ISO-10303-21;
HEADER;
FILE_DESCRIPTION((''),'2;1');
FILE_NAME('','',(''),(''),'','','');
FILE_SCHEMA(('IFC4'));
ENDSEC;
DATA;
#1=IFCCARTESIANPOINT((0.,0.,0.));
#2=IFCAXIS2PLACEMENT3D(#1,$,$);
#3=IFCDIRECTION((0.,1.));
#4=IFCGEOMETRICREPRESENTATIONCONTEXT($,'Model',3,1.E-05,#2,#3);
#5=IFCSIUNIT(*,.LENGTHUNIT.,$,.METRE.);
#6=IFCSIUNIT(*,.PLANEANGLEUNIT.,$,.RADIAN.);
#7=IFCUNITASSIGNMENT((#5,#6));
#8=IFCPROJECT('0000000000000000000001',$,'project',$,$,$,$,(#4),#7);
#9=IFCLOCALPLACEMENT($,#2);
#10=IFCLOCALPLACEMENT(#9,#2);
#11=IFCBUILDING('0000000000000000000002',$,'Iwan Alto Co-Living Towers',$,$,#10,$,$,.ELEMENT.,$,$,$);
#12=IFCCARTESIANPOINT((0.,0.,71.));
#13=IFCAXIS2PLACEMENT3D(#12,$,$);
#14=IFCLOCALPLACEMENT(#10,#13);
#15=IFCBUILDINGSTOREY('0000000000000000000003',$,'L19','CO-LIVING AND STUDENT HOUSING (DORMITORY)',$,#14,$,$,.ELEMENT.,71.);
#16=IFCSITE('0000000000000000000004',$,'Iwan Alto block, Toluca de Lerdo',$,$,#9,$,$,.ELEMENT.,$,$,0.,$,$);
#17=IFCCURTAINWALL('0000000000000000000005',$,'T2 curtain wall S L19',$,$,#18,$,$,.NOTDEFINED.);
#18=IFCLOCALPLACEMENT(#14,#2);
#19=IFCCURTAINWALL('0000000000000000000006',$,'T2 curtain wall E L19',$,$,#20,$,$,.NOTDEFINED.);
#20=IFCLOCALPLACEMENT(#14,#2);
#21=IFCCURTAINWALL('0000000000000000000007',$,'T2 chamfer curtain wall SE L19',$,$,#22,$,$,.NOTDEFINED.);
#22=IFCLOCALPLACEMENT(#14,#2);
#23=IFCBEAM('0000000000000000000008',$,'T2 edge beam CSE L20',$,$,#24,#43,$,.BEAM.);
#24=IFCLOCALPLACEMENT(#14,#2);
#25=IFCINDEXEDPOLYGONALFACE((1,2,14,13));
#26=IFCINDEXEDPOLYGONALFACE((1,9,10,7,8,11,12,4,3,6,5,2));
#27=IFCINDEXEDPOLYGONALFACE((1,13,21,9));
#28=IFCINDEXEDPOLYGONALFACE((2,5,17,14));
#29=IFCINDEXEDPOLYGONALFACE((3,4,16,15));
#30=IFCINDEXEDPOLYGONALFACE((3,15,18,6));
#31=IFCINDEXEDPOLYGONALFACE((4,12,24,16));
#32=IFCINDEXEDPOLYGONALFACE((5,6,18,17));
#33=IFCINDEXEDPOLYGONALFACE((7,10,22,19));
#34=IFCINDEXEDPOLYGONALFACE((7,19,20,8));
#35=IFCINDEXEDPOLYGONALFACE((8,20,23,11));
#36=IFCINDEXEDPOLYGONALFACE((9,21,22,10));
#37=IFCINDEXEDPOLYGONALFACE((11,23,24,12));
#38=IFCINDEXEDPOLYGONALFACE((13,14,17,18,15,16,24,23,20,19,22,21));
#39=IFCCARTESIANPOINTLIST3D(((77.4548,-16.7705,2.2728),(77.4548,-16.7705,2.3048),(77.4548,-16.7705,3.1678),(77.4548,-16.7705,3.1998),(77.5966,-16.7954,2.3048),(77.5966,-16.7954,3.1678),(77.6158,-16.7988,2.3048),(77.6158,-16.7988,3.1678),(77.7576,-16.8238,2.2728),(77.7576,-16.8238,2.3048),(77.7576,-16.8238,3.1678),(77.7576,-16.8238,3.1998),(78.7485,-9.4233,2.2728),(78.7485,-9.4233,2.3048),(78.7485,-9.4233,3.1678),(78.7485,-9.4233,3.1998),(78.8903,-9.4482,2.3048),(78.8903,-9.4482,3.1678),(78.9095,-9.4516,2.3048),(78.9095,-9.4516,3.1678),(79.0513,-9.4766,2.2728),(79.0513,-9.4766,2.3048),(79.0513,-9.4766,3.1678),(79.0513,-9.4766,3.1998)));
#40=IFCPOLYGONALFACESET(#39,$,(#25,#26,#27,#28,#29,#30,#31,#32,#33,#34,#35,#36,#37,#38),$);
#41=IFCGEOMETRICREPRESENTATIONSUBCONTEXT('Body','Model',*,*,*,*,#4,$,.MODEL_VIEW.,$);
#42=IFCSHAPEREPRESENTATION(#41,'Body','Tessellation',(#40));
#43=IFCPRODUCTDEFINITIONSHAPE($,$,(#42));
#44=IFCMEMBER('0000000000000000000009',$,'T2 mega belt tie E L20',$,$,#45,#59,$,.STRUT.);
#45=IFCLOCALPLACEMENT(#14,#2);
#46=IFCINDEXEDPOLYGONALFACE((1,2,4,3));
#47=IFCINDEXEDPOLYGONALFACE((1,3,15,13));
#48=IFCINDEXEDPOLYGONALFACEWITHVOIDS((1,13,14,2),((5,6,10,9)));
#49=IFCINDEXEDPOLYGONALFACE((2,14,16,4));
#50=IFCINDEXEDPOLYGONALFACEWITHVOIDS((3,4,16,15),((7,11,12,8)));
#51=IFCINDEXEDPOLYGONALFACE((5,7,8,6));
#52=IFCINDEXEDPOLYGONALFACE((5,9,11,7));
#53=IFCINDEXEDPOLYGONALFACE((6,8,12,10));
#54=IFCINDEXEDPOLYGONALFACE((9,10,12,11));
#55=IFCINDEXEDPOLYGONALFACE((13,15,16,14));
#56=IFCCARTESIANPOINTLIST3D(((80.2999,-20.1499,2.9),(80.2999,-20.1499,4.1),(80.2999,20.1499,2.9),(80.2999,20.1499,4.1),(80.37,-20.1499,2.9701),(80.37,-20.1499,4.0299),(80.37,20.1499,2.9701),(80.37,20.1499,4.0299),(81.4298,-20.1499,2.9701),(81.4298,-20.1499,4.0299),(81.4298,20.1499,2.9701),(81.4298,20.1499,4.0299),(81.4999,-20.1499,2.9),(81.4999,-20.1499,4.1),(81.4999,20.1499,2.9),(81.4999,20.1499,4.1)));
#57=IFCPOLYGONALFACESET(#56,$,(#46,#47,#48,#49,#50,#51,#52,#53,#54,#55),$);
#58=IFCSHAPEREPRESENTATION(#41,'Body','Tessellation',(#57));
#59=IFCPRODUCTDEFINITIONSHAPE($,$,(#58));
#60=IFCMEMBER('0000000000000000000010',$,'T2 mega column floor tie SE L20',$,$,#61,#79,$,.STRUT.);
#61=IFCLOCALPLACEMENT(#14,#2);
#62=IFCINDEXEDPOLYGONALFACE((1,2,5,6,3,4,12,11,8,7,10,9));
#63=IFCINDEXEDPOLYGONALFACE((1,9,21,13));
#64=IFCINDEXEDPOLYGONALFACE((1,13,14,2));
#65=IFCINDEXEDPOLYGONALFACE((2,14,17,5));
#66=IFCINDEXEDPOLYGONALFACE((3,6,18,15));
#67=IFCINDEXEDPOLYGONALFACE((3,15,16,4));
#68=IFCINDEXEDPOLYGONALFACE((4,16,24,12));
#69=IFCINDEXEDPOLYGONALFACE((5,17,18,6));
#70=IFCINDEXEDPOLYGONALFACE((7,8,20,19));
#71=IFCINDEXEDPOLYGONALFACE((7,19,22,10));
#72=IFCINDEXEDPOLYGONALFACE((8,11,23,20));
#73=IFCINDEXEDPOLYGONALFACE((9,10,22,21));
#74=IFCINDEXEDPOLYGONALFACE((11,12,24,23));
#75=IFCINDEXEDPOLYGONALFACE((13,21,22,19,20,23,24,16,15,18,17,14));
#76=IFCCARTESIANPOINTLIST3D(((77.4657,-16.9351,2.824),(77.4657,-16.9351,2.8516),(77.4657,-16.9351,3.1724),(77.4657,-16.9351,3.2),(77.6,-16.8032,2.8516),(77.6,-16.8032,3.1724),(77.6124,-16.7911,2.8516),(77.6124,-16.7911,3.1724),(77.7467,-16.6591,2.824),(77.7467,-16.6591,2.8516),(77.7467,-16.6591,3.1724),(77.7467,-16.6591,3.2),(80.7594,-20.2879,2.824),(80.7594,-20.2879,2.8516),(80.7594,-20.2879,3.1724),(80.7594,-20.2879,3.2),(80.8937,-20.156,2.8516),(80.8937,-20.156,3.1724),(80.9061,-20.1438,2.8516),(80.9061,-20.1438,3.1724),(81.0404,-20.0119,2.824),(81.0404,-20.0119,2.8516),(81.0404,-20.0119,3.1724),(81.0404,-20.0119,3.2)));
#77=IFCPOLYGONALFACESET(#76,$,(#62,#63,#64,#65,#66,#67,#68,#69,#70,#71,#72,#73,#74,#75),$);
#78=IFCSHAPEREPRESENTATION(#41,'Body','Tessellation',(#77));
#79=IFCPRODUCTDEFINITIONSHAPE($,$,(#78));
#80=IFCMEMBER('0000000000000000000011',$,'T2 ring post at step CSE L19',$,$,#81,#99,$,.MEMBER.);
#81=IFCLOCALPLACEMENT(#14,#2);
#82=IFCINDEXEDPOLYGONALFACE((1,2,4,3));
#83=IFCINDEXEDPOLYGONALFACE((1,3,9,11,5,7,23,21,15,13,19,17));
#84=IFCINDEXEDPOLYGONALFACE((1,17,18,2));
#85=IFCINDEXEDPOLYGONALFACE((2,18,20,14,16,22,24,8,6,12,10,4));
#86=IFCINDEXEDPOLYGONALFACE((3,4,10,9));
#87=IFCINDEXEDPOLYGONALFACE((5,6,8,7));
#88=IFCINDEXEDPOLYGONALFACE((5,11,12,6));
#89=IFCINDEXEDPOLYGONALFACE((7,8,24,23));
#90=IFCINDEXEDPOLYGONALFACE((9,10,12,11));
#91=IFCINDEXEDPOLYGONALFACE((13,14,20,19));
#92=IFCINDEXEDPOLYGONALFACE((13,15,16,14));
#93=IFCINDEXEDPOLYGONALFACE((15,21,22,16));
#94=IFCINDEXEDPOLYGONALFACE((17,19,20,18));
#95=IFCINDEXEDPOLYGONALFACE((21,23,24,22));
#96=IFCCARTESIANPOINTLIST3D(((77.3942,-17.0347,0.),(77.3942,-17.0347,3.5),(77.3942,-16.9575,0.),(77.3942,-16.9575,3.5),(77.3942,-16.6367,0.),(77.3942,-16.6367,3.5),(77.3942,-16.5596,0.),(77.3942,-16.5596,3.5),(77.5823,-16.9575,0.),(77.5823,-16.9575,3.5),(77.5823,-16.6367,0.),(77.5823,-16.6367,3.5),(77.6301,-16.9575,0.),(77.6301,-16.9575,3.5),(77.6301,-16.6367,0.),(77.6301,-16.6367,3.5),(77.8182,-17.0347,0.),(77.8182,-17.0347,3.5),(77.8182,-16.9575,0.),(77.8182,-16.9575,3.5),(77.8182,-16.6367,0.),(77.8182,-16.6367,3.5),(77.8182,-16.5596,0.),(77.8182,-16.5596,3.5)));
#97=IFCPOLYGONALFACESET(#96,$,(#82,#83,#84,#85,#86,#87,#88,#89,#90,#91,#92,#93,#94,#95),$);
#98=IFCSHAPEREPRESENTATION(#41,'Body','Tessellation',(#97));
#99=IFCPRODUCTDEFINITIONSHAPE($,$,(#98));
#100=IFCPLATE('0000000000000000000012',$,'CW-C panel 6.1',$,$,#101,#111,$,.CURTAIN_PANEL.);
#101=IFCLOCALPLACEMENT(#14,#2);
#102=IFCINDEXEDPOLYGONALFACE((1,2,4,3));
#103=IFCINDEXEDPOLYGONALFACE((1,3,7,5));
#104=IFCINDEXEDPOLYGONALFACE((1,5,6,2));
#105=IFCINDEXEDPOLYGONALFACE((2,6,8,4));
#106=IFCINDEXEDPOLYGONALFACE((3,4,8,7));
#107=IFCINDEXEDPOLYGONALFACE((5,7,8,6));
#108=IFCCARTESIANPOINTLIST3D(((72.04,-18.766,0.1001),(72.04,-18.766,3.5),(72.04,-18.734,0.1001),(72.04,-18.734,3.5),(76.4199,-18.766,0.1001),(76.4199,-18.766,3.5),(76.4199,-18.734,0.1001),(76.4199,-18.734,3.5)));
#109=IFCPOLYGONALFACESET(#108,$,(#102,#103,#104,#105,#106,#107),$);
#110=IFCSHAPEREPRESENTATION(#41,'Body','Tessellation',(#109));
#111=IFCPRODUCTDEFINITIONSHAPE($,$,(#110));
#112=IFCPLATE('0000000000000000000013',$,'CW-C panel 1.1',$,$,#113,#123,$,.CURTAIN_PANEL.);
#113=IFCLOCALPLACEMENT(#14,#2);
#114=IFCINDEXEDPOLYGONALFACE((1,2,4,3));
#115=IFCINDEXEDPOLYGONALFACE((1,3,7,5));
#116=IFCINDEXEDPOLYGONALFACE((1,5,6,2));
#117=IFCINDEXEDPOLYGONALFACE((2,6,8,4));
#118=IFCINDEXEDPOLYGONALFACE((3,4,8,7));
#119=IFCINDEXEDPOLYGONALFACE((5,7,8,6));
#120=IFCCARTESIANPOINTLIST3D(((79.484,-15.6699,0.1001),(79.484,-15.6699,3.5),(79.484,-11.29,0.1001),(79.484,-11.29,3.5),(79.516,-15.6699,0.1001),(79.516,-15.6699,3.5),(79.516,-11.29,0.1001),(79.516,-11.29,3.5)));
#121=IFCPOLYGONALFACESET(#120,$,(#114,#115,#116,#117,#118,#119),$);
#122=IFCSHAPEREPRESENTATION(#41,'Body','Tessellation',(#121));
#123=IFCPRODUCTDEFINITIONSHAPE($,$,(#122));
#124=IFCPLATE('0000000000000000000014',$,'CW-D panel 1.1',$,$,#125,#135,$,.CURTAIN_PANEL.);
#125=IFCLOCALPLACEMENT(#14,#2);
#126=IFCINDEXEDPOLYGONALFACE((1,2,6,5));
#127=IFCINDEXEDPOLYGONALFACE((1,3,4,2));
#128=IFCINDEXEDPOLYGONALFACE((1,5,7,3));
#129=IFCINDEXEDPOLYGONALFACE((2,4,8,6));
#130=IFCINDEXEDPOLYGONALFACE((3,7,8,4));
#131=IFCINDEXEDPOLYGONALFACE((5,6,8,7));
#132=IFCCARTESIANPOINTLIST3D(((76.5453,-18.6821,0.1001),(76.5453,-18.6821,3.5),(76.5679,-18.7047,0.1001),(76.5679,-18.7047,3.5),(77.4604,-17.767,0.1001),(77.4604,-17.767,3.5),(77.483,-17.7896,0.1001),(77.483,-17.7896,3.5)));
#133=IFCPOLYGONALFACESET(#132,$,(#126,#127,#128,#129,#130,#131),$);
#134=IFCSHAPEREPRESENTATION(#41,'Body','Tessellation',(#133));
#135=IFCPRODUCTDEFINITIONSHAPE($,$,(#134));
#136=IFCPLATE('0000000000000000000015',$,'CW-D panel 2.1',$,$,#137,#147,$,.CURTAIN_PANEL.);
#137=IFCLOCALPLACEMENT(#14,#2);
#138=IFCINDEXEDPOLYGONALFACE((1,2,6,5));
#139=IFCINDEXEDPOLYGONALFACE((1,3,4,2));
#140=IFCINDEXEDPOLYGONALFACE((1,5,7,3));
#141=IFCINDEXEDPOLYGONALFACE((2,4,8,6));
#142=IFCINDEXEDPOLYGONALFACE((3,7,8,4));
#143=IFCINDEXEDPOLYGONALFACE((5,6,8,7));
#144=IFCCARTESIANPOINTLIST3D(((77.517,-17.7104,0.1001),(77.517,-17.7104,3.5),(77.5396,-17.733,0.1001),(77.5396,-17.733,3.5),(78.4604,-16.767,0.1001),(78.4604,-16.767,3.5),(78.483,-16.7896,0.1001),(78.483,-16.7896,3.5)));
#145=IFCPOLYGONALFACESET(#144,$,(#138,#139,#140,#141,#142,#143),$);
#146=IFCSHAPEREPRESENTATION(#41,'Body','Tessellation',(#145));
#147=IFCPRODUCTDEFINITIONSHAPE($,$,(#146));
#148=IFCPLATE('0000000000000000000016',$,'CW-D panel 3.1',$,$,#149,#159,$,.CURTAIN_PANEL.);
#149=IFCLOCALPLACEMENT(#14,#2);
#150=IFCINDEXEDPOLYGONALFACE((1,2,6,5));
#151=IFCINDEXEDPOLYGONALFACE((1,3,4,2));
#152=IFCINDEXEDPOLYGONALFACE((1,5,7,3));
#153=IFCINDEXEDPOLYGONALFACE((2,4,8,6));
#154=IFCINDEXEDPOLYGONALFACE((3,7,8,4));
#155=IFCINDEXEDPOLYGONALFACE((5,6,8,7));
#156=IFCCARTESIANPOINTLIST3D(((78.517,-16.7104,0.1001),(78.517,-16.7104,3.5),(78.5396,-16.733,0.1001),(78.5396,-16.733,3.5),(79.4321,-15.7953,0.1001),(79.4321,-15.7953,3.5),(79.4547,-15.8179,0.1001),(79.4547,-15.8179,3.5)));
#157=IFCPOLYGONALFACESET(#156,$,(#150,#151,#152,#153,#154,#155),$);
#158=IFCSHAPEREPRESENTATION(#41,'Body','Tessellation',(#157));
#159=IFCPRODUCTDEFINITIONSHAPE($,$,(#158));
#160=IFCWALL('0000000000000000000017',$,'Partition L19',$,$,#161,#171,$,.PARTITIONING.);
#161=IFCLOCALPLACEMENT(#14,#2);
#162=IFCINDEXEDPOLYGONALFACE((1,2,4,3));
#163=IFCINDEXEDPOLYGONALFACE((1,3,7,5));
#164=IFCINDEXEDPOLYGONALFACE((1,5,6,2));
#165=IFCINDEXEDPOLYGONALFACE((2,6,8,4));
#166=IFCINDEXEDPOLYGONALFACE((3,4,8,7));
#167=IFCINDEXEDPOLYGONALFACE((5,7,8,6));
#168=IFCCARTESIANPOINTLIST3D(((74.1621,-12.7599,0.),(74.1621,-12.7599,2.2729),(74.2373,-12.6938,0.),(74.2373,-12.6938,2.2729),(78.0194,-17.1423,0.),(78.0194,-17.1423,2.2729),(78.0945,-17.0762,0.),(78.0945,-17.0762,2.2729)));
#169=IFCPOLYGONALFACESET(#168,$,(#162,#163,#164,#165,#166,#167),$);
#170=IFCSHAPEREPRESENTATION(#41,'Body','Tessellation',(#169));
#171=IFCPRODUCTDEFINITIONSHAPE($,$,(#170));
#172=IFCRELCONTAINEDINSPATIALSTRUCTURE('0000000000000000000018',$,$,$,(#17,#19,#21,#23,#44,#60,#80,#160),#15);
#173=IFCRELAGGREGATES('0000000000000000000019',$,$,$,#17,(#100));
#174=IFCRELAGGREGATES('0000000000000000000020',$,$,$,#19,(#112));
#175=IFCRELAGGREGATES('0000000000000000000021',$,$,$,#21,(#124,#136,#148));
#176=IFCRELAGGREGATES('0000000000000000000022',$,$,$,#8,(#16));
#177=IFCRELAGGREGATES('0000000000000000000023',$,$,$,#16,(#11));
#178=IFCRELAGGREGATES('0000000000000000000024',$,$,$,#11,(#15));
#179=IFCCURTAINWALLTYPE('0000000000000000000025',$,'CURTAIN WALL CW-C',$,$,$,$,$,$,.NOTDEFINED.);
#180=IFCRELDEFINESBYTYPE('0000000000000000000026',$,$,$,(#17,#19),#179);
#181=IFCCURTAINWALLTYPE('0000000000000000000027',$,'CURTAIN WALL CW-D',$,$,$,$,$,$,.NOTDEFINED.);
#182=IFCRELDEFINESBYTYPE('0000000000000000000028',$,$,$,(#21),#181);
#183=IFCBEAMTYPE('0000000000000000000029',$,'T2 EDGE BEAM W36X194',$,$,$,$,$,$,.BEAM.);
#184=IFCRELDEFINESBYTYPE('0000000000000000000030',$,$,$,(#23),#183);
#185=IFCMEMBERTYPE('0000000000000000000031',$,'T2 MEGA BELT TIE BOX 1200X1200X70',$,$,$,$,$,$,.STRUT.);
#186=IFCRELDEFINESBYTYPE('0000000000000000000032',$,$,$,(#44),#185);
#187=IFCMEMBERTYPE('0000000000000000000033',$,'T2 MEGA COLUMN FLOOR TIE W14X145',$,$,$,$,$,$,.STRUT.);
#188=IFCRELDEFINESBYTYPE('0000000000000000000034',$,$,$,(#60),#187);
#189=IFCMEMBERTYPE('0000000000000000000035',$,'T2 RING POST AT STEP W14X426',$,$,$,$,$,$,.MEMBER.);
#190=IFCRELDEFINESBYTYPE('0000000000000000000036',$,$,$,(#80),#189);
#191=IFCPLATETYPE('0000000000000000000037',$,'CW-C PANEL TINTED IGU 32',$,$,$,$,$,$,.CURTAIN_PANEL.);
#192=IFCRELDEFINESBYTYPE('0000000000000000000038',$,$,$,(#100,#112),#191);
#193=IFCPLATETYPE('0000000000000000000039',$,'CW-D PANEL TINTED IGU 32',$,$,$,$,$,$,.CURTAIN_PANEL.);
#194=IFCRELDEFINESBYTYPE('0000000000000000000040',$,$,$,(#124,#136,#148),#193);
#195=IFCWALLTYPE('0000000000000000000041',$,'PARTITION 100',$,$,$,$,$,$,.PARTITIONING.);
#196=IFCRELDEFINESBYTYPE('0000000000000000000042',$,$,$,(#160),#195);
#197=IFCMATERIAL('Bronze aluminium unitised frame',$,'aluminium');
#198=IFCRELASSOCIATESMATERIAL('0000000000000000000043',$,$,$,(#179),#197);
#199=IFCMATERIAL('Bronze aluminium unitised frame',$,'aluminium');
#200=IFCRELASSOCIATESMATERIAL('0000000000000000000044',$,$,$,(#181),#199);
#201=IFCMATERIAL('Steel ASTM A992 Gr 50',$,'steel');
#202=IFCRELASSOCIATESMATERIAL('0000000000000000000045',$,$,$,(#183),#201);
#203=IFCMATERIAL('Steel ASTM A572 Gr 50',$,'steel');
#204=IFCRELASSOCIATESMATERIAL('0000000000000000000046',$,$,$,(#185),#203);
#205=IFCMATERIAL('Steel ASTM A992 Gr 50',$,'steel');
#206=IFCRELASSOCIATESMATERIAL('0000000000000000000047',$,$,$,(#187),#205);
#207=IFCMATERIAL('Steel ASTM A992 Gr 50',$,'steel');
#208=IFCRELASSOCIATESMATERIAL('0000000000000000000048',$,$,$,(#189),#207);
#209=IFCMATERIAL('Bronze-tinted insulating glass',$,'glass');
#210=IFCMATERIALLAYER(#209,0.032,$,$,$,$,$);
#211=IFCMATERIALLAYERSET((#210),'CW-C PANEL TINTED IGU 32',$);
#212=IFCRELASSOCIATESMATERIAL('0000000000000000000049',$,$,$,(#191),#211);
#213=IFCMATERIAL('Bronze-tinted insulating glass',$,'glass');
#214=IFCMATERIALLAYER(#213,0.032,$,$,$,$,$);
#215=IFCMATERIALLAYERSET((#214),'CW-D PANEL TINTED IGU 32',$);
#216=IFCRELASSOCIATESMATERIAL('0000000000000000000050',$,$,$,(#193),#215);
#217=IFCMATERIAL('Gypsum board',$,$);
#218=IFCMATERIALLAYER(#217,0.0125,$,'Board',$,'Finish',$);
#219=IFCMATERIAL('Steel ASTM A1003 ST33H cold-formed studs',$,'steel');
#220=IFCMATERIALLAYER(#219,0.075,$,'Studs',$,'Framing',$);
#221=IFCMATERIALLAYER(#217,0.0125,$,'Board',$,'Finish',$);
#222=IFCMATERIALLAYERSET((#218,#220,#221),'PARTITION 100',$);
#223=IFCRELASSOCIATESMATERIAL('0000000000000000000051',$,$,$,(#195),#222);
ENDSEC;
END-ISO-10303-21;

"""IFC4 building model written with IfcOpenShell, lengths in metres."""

from ifc_helpers import new_model, si_unit, direction, frame, frame_2d, origin, origin_2d, place, context, subcontext, project, spatial, rectangle, hollow_rectangle, i_section, extrude, material, layer, layer_set, material_profile, profile_set, type_object, element, aggregate, save


model = new_model("IFC4")

# Units and contexts
model_context = context("Model", 3, precision=1e-05, world=origin(), true_north=direction((0.0, 1.0)))
body_context = subcontext(model_context, "Body", "Model", "MODEL_VIEW")
ifc_project = project(units=[si_unit("LENGTHUNIT", "METRE"), si_unit("PLANEANGLEUNIT", "RADIAN")], contexts=[model_context])

# Site, building, storey
site_placement = place(None, origin())
site = spatial("IfcSite", under=ifc_project, at=site_placement, Name="Iwan Alto block, Toluca de Lerdo", CompositionType="ELEMENT", RefElevation=0.0)
building_placement = place(site_placement, origin())
building = spatial("IfcBuilding", under=site, at=building_placement, Name="Iwan Alto Co-Living Towers", CompositionType="ELEMENT")
storey_placement = place(building_placement, frame((0.0, 0.0, 71.0)))
storey = spatial("IfcBuildingStorey", under=building, at=storey_placement, Name="L19", Description="CO-LIVING AND STUDENT HOUSING (DORMITORY)", CompositionType="ELEMENT", Elevation=71.0)

# Curtain wall
ifc_material_1 = material(Name="Bronze aluminium unitised frame", Category="aluminium")
curtain_wall_type_1 = type_object("IfcCurtainWallType", Name="CURTAIN WALL CW-C", PredefinedType="NOTDEFINED", material=ifc_material_1)
curtain_wall_1_placement = place(storey_placement, origin())
curtain_wall_1 = element("IfcCurtainWall", 1, at=curtain_wall_1_placement, inside=storey, type_object=curtain_wall_type_1, Name="T2 curtain wall S L19", PredefinedType="NOTDEFINED")

# Curtain walls
curtain_wall_2_placement = place(storey_placement, origin())
curtain_wall_2 = element("IfcCurtainWall", 2, at=curtain_wall_2_placement, inside=storey, type_object=curtain_wall_type_1, Name="T2 curtain wall E L19", PredefinedType="NOTDEFINED")
ifc_material_2 = material(Name="Bronze aluminium unitised frame", Category="aluminium")
curtain_wall_type_2 = type_object("IfcCurtainWallType", Name="CURTAIN WALL CW-D", PredefinedType="NOTDEFINED", material=ifc_material_2)
curtain_wall_3_placement = place(storey_placement, origin())
curtain_wall_3 = element("IfcCurtainWall", 3, at=curtain_wall_3_placement, inside=storey, type_object=curtain_wall_type_2, Name="T2 chamfer curtain wall SE L19", PredefinedType="NOTDEFINED")

# Beam
ifc_material_3 = material(Name="Steel ASTM A992 Gr 50", Category="steel")
ifc_material_profile_1 = material_profile(ifc_material_3, i_section(OverallWidth=0.3074, OverallDepth=0.927, WebThickness=0.0195, FlangeThickness=0.032, at=origin_2d()), Name="W36X194")
ifc_profile_set_1 = profile_set([ifc_material_profile_1], Name="Steel ASTM A992 Gr 50")
beam_type_1 = type_object("IfcBeamType", Name="T2 EDGE BEAM W36X194", PredefinedType="BEAM", material=ifc_profile_set_1)
beam_1_placement = place(storey_placement, frame((77.6062, -16.7971, 2.7363), z_axis=(0.173414, 0.984849, 0.0), x_axis=(-0.984849, 0.173414, 0.0)))
element("IfcBeam", 4, at=beam_1_placement, inside=storey, type_object=beam_type_1, Name="T2 edge beam CSE L20", PredefinedType="BEAM", context=body_context, shape_type="SweptSolid", body=[
    extrude(i_section(OverallWidth=0.3074, OverallDepth=0.927, WebThickness=0.0195, FlangeThickness=0.032, at=origin_2d()), origin(), (0.0, 0.0, 1.0), 7.4602),
])

# Members
ifc_material_4 = material(Name="Steel ASTM A572 Gr 50", Category="steel")
ifc_material_profile_2 = material_profile(ifc_material_4, hollow_rectangle(XDim=1.2, YDim=1.2, WallThickness=0.0701, at=origin_2d()), Name="BOX 1200X1200X70")
ifc_profile_set_2 = profile_set([ifc_material_profile_2], Name="Steel ASTM A572 Gr 50")
member_type_1 = type_object("IfcMemberType", Name="T2 MEGA BELT TIE BOX 1200X1200X70", PredefinedType="STRUT", material=ifc_profile_set_2)
member_1_placement = place(storey_placement, frame((80.8999, -20.1499, 3.5), z_axis=(0.0, 1.0, 0.0), x_axis=(-1.0, 0.0, 0.0)))
element("IfcMember", 5, at=member_1_placement, inside=storey, type_object=member_type_1, Name="T2 mega belt tie E L20", PredefinedType="STRUT", context=body_context, shape_type="SweptSolid", body=[
    extrude(hollow_rectangle(XDim=1.2, YDim=1.2, WallThickness=0.0701, at=origin_2d()), origin(), (0.0, 0.0, 1.0), 40.2998),
])
ifc_material_5 = material(Name="Steel ASTM A992 Gr 50", Category="steel")
ifc_material_profile_3 = material_profile(ifc_material_5, i_section(OverallWidth=0.3938, OverallDepth=0.376, WebThickness=0.0173, FlangeThickness=0.0276, at=origin_2d()), Name="W14X145")
ifc_profile_set_3 = profile_set([ifc_material_profile_3], Name="Steel ASTM A992 Gr 50")
member_type_2 = type_object("IfcMemberType", Name="T2 MEGA COLUMN FLOOR TIE W14X145", PredefinedType="STRUT", material=ifc_profile_set_3)
member_2_placement = place(storey_placement, frame((80.8999, -20.1499, 3.012), z_axis=(-0.700793, 0.713364, 0.0), x_axis=(-0.713364, -0.700793, 0.0)))
element("IfcMember", 6, at=member_2_placement, inside=storey, type_object=member_type_2, Name="T2 mega column floor tie SE L20", PredefinedType="STRUT", context=body_context, shape_type="SweptSolid", body=[
    extrude(i_section(OverallWidth=0.3938, OverallDepth=0.376, WebThickness=0.0173, FlangeThickness=0.0276, at=origin_2d()), origin(), (0.0, 0.0, 1.0), 4.7),
])
ifc_material_6 = material(Name="Steel ASTM A992 Gr 50", Category="steel")
ifc_material_profile_4 = material_profile(ifc_material_6, i_section(OverallWidth=0.4241, OverallDepth=0.4751, WebThickness=0.0479, FlangeThickness=0.0771, at=origin_2d()), Name="W14X426")
ifc_profile_set_4 = profile_set([ifc_material_profile_4], Name="Steel ASTM A992 Gr 50")
member_type_3 = type_object("IfcMemberType", Name="T2 RING POST AT STEP W14X426", PredefinedType="MEMBER", material=ifc_profile_set_4)
member_3_placement = place(storey_placement, frame((77.6062, -16.7971, 0.0), z_axis=(0.0, 0.0, 1.0), x_axis=(1.0, 0.0, 0.0)))
element("IfcMember", 7, at=member_3_placement, inside=storey, type_object=member_type_3, Name="T2 ring post at step CSE L19", PredefinedType="MEMBER", context=body_context, shape_type="SweptSolid", body=[
    extrude(i_section(OverallWidth=0.4241, OverallDepth=0.4751, WebThickness=0.0479, FlangeThickness=0.0771, at=origin_2d()), origin(), (0.0, 0.0, 1.0), 3.5),
])

# Plates
ifc_material_7 = material(Name="Bronze-tinted insulating glass", Category="glass")
ifc_layer_1 = layer(ifc_material_7, 0.032)
ifc_layer_set_1 = layer_set([ifc_layer_1], Name="CW-C PANEL TINTED IGU 32")
plate_type_1 = type_object("IfcPlateType", Name="CW-C PANEL TINTED IGU 32", PredefinedType="CURTAIN_PANEL", material=ifc_layer_set_1)
plate_1_placement = place(storey_placement, frame((74.23, -18.75, 0.1001), z_axis=(0.0, 0.0, 1.0), x_axis=(1.0, 0.0, 0.0)))
plate_1 = element("IfcPlate", 8, at=plate_1_placement, type_object=plate_type_1, Name="CW-C panel 6.1", PredefinedType="CURTAIN_PANEL", context=body_context, shape_type="SweptSolid", body=[
    extrude(rectangle(XDim=4.3799, YDim=0.032, at=origin_2d()), origin(), (0.0, 0.0, 1.0), 3.3999),
])
aggregate(curtain_wall_1, [plate_1])
plate_2_placement = place(storey_placement, frame((79.5, -13.48, 0.1001), z_axis=(0.0, 0.0, 1.0), x_axis=(0.0, 1.0, 0.0)))
plate_2 = element("IfcPlate", 9, at=plate_2_placement, type_object=plate_type_1, Name="CW-C panel 1.1", PredefinedType="CURTAIN_PANEL", context=body_context, shape_type="SweptSolid", body=[
    extrude(rectangle(XDim=4.3799, YDim=0.032, at=origin_2d()), origin(), (0.0, 0.0, 1.0), 3.3999),
])
aggregate(curtain_wall_2, [plate_2])
ifc_material_8 = material(Name="Bronze-tinted insulating glass", Category="glass")
ifc_layer_2 = layer(ifc_material_8, 0.032)
ifc_layer_set_2 = layer_set([ifc_layer_2], Name="CW-D PANEL TINTED IGU 32")
plate_type_2 = type_object("IfcPlateType", Name="CW-D PANEL TINTED IGU 32", PredefinedType="CURTAIN_PANEL", material=ifc_layer_set_2)
plate_3_placement = place(storey_placement, frame((77.0142, -18.2358, 0.1001), z_axis=(0.0, 0.0, 1.0), x_axis=(0.707107, 0.707107, 0.0)))
plate_3 = element("IfcPlate", 10, at=plate_3_placement, type_object=plate_type_2, Name="CW-D panel 1.1", PredefinedType="CURTAIN_PANEL", context=body_context, shape_type="SweptSolid", body=[
    extrude(rectangle(XDim=1.2942, YDim=0.032, at=origin_2d()), origin(), (0.0, 0.0, 1.0), 3.3999),
])
plate_4_placement = place(storey_placement, frame((78.0, -17.25, 0.1001), z_axis=(0.0, 0.0, 1.0), x_axis=(0.707107, 0.707107, 0.0)))
plate_4 = element("IfcPlate", 11, at=plate_4_placement, type_object=plate_type_2, Name="CW-D panel 2.1", PredefinedType="CURTAIN_PANEL", context=body_context, shape_type="SweptSolid", body=[
    extrude(rectangle(XDim=1.3342, YDim=0.032, at=origin_2d()), origin(), (0.0, 0.0, 1.0), 3.3999),
])
plate_5_placement = place(storey_placement, frame((78.9858, -16.2642, 0.1001), z_axis=(0.0, 0.0, 1.0), x_axis=(0.707107, 0.707107, 0.0)))
plate_5 = element("IfcPlate", 12, at=plate_5_placement, type_object=plate_type_2, Name="CW-D panel 3.1", PredefinedType="CURTAIN_PANEL", context=body_context, shape_type="SweptSolid", body=[
    extrude(rectangle(XDim=1.2942, YDim=0.032, at=origin_2d()), origin(), (0.0, 0.0, 1.0), 3.3999),
])
aggregate(curtain_wall_3, [plate_3, plate_4, plate_5])

# Wall
ifc_material_9 = material(Name="Gypsum board")
ifc_layer_3 = layer(ifc_material_9, 0.0125, Name="Board", Category="Finish")
ifc_material_10 = material(Name="Steel ASTM A1003 ST33H cold-formed studs", Category="steel")
ifc_layer_4 = layer(ifc_material_10, 0.075, Name="Studs", Category="Framing")
ifc_layer_5 = layer(ifc_material_9, 0.0125, Name="Board", Category="Finish")
ifc_layer_set_3 = layer_set([ifc_layer_3, ifc_layer_4, ifc_layer_5], Name="PARTITION 100")
wall_type = type_object("IfcWallType", Name="PARTITION 100", PredefinedType="PARTITIONING", material=ifc_layer_set_3)
wall_placement = place(storey_placement, frame((78.0569, -17.1091, 0.0), z_axis=(0.0, 0.0, 1.0), x_axis=(-0.660699, 0.750651, 0.0)))
element("IfcWall", 13, at=wall_placement, inside=storey, type_object=wall_type, Name="Partition L19", PredefinedType="PARTITIONING", context=body_context, shape_type="SweptSolid", body=[
    extrude(rectangle(XDim=5.8381, YDim=0.1001, at=frame_2d((2.9189, 0.0))), origin(), (0.0, 0.0, 1.0), 2.2729),
])

save(model, "model.ifc")
